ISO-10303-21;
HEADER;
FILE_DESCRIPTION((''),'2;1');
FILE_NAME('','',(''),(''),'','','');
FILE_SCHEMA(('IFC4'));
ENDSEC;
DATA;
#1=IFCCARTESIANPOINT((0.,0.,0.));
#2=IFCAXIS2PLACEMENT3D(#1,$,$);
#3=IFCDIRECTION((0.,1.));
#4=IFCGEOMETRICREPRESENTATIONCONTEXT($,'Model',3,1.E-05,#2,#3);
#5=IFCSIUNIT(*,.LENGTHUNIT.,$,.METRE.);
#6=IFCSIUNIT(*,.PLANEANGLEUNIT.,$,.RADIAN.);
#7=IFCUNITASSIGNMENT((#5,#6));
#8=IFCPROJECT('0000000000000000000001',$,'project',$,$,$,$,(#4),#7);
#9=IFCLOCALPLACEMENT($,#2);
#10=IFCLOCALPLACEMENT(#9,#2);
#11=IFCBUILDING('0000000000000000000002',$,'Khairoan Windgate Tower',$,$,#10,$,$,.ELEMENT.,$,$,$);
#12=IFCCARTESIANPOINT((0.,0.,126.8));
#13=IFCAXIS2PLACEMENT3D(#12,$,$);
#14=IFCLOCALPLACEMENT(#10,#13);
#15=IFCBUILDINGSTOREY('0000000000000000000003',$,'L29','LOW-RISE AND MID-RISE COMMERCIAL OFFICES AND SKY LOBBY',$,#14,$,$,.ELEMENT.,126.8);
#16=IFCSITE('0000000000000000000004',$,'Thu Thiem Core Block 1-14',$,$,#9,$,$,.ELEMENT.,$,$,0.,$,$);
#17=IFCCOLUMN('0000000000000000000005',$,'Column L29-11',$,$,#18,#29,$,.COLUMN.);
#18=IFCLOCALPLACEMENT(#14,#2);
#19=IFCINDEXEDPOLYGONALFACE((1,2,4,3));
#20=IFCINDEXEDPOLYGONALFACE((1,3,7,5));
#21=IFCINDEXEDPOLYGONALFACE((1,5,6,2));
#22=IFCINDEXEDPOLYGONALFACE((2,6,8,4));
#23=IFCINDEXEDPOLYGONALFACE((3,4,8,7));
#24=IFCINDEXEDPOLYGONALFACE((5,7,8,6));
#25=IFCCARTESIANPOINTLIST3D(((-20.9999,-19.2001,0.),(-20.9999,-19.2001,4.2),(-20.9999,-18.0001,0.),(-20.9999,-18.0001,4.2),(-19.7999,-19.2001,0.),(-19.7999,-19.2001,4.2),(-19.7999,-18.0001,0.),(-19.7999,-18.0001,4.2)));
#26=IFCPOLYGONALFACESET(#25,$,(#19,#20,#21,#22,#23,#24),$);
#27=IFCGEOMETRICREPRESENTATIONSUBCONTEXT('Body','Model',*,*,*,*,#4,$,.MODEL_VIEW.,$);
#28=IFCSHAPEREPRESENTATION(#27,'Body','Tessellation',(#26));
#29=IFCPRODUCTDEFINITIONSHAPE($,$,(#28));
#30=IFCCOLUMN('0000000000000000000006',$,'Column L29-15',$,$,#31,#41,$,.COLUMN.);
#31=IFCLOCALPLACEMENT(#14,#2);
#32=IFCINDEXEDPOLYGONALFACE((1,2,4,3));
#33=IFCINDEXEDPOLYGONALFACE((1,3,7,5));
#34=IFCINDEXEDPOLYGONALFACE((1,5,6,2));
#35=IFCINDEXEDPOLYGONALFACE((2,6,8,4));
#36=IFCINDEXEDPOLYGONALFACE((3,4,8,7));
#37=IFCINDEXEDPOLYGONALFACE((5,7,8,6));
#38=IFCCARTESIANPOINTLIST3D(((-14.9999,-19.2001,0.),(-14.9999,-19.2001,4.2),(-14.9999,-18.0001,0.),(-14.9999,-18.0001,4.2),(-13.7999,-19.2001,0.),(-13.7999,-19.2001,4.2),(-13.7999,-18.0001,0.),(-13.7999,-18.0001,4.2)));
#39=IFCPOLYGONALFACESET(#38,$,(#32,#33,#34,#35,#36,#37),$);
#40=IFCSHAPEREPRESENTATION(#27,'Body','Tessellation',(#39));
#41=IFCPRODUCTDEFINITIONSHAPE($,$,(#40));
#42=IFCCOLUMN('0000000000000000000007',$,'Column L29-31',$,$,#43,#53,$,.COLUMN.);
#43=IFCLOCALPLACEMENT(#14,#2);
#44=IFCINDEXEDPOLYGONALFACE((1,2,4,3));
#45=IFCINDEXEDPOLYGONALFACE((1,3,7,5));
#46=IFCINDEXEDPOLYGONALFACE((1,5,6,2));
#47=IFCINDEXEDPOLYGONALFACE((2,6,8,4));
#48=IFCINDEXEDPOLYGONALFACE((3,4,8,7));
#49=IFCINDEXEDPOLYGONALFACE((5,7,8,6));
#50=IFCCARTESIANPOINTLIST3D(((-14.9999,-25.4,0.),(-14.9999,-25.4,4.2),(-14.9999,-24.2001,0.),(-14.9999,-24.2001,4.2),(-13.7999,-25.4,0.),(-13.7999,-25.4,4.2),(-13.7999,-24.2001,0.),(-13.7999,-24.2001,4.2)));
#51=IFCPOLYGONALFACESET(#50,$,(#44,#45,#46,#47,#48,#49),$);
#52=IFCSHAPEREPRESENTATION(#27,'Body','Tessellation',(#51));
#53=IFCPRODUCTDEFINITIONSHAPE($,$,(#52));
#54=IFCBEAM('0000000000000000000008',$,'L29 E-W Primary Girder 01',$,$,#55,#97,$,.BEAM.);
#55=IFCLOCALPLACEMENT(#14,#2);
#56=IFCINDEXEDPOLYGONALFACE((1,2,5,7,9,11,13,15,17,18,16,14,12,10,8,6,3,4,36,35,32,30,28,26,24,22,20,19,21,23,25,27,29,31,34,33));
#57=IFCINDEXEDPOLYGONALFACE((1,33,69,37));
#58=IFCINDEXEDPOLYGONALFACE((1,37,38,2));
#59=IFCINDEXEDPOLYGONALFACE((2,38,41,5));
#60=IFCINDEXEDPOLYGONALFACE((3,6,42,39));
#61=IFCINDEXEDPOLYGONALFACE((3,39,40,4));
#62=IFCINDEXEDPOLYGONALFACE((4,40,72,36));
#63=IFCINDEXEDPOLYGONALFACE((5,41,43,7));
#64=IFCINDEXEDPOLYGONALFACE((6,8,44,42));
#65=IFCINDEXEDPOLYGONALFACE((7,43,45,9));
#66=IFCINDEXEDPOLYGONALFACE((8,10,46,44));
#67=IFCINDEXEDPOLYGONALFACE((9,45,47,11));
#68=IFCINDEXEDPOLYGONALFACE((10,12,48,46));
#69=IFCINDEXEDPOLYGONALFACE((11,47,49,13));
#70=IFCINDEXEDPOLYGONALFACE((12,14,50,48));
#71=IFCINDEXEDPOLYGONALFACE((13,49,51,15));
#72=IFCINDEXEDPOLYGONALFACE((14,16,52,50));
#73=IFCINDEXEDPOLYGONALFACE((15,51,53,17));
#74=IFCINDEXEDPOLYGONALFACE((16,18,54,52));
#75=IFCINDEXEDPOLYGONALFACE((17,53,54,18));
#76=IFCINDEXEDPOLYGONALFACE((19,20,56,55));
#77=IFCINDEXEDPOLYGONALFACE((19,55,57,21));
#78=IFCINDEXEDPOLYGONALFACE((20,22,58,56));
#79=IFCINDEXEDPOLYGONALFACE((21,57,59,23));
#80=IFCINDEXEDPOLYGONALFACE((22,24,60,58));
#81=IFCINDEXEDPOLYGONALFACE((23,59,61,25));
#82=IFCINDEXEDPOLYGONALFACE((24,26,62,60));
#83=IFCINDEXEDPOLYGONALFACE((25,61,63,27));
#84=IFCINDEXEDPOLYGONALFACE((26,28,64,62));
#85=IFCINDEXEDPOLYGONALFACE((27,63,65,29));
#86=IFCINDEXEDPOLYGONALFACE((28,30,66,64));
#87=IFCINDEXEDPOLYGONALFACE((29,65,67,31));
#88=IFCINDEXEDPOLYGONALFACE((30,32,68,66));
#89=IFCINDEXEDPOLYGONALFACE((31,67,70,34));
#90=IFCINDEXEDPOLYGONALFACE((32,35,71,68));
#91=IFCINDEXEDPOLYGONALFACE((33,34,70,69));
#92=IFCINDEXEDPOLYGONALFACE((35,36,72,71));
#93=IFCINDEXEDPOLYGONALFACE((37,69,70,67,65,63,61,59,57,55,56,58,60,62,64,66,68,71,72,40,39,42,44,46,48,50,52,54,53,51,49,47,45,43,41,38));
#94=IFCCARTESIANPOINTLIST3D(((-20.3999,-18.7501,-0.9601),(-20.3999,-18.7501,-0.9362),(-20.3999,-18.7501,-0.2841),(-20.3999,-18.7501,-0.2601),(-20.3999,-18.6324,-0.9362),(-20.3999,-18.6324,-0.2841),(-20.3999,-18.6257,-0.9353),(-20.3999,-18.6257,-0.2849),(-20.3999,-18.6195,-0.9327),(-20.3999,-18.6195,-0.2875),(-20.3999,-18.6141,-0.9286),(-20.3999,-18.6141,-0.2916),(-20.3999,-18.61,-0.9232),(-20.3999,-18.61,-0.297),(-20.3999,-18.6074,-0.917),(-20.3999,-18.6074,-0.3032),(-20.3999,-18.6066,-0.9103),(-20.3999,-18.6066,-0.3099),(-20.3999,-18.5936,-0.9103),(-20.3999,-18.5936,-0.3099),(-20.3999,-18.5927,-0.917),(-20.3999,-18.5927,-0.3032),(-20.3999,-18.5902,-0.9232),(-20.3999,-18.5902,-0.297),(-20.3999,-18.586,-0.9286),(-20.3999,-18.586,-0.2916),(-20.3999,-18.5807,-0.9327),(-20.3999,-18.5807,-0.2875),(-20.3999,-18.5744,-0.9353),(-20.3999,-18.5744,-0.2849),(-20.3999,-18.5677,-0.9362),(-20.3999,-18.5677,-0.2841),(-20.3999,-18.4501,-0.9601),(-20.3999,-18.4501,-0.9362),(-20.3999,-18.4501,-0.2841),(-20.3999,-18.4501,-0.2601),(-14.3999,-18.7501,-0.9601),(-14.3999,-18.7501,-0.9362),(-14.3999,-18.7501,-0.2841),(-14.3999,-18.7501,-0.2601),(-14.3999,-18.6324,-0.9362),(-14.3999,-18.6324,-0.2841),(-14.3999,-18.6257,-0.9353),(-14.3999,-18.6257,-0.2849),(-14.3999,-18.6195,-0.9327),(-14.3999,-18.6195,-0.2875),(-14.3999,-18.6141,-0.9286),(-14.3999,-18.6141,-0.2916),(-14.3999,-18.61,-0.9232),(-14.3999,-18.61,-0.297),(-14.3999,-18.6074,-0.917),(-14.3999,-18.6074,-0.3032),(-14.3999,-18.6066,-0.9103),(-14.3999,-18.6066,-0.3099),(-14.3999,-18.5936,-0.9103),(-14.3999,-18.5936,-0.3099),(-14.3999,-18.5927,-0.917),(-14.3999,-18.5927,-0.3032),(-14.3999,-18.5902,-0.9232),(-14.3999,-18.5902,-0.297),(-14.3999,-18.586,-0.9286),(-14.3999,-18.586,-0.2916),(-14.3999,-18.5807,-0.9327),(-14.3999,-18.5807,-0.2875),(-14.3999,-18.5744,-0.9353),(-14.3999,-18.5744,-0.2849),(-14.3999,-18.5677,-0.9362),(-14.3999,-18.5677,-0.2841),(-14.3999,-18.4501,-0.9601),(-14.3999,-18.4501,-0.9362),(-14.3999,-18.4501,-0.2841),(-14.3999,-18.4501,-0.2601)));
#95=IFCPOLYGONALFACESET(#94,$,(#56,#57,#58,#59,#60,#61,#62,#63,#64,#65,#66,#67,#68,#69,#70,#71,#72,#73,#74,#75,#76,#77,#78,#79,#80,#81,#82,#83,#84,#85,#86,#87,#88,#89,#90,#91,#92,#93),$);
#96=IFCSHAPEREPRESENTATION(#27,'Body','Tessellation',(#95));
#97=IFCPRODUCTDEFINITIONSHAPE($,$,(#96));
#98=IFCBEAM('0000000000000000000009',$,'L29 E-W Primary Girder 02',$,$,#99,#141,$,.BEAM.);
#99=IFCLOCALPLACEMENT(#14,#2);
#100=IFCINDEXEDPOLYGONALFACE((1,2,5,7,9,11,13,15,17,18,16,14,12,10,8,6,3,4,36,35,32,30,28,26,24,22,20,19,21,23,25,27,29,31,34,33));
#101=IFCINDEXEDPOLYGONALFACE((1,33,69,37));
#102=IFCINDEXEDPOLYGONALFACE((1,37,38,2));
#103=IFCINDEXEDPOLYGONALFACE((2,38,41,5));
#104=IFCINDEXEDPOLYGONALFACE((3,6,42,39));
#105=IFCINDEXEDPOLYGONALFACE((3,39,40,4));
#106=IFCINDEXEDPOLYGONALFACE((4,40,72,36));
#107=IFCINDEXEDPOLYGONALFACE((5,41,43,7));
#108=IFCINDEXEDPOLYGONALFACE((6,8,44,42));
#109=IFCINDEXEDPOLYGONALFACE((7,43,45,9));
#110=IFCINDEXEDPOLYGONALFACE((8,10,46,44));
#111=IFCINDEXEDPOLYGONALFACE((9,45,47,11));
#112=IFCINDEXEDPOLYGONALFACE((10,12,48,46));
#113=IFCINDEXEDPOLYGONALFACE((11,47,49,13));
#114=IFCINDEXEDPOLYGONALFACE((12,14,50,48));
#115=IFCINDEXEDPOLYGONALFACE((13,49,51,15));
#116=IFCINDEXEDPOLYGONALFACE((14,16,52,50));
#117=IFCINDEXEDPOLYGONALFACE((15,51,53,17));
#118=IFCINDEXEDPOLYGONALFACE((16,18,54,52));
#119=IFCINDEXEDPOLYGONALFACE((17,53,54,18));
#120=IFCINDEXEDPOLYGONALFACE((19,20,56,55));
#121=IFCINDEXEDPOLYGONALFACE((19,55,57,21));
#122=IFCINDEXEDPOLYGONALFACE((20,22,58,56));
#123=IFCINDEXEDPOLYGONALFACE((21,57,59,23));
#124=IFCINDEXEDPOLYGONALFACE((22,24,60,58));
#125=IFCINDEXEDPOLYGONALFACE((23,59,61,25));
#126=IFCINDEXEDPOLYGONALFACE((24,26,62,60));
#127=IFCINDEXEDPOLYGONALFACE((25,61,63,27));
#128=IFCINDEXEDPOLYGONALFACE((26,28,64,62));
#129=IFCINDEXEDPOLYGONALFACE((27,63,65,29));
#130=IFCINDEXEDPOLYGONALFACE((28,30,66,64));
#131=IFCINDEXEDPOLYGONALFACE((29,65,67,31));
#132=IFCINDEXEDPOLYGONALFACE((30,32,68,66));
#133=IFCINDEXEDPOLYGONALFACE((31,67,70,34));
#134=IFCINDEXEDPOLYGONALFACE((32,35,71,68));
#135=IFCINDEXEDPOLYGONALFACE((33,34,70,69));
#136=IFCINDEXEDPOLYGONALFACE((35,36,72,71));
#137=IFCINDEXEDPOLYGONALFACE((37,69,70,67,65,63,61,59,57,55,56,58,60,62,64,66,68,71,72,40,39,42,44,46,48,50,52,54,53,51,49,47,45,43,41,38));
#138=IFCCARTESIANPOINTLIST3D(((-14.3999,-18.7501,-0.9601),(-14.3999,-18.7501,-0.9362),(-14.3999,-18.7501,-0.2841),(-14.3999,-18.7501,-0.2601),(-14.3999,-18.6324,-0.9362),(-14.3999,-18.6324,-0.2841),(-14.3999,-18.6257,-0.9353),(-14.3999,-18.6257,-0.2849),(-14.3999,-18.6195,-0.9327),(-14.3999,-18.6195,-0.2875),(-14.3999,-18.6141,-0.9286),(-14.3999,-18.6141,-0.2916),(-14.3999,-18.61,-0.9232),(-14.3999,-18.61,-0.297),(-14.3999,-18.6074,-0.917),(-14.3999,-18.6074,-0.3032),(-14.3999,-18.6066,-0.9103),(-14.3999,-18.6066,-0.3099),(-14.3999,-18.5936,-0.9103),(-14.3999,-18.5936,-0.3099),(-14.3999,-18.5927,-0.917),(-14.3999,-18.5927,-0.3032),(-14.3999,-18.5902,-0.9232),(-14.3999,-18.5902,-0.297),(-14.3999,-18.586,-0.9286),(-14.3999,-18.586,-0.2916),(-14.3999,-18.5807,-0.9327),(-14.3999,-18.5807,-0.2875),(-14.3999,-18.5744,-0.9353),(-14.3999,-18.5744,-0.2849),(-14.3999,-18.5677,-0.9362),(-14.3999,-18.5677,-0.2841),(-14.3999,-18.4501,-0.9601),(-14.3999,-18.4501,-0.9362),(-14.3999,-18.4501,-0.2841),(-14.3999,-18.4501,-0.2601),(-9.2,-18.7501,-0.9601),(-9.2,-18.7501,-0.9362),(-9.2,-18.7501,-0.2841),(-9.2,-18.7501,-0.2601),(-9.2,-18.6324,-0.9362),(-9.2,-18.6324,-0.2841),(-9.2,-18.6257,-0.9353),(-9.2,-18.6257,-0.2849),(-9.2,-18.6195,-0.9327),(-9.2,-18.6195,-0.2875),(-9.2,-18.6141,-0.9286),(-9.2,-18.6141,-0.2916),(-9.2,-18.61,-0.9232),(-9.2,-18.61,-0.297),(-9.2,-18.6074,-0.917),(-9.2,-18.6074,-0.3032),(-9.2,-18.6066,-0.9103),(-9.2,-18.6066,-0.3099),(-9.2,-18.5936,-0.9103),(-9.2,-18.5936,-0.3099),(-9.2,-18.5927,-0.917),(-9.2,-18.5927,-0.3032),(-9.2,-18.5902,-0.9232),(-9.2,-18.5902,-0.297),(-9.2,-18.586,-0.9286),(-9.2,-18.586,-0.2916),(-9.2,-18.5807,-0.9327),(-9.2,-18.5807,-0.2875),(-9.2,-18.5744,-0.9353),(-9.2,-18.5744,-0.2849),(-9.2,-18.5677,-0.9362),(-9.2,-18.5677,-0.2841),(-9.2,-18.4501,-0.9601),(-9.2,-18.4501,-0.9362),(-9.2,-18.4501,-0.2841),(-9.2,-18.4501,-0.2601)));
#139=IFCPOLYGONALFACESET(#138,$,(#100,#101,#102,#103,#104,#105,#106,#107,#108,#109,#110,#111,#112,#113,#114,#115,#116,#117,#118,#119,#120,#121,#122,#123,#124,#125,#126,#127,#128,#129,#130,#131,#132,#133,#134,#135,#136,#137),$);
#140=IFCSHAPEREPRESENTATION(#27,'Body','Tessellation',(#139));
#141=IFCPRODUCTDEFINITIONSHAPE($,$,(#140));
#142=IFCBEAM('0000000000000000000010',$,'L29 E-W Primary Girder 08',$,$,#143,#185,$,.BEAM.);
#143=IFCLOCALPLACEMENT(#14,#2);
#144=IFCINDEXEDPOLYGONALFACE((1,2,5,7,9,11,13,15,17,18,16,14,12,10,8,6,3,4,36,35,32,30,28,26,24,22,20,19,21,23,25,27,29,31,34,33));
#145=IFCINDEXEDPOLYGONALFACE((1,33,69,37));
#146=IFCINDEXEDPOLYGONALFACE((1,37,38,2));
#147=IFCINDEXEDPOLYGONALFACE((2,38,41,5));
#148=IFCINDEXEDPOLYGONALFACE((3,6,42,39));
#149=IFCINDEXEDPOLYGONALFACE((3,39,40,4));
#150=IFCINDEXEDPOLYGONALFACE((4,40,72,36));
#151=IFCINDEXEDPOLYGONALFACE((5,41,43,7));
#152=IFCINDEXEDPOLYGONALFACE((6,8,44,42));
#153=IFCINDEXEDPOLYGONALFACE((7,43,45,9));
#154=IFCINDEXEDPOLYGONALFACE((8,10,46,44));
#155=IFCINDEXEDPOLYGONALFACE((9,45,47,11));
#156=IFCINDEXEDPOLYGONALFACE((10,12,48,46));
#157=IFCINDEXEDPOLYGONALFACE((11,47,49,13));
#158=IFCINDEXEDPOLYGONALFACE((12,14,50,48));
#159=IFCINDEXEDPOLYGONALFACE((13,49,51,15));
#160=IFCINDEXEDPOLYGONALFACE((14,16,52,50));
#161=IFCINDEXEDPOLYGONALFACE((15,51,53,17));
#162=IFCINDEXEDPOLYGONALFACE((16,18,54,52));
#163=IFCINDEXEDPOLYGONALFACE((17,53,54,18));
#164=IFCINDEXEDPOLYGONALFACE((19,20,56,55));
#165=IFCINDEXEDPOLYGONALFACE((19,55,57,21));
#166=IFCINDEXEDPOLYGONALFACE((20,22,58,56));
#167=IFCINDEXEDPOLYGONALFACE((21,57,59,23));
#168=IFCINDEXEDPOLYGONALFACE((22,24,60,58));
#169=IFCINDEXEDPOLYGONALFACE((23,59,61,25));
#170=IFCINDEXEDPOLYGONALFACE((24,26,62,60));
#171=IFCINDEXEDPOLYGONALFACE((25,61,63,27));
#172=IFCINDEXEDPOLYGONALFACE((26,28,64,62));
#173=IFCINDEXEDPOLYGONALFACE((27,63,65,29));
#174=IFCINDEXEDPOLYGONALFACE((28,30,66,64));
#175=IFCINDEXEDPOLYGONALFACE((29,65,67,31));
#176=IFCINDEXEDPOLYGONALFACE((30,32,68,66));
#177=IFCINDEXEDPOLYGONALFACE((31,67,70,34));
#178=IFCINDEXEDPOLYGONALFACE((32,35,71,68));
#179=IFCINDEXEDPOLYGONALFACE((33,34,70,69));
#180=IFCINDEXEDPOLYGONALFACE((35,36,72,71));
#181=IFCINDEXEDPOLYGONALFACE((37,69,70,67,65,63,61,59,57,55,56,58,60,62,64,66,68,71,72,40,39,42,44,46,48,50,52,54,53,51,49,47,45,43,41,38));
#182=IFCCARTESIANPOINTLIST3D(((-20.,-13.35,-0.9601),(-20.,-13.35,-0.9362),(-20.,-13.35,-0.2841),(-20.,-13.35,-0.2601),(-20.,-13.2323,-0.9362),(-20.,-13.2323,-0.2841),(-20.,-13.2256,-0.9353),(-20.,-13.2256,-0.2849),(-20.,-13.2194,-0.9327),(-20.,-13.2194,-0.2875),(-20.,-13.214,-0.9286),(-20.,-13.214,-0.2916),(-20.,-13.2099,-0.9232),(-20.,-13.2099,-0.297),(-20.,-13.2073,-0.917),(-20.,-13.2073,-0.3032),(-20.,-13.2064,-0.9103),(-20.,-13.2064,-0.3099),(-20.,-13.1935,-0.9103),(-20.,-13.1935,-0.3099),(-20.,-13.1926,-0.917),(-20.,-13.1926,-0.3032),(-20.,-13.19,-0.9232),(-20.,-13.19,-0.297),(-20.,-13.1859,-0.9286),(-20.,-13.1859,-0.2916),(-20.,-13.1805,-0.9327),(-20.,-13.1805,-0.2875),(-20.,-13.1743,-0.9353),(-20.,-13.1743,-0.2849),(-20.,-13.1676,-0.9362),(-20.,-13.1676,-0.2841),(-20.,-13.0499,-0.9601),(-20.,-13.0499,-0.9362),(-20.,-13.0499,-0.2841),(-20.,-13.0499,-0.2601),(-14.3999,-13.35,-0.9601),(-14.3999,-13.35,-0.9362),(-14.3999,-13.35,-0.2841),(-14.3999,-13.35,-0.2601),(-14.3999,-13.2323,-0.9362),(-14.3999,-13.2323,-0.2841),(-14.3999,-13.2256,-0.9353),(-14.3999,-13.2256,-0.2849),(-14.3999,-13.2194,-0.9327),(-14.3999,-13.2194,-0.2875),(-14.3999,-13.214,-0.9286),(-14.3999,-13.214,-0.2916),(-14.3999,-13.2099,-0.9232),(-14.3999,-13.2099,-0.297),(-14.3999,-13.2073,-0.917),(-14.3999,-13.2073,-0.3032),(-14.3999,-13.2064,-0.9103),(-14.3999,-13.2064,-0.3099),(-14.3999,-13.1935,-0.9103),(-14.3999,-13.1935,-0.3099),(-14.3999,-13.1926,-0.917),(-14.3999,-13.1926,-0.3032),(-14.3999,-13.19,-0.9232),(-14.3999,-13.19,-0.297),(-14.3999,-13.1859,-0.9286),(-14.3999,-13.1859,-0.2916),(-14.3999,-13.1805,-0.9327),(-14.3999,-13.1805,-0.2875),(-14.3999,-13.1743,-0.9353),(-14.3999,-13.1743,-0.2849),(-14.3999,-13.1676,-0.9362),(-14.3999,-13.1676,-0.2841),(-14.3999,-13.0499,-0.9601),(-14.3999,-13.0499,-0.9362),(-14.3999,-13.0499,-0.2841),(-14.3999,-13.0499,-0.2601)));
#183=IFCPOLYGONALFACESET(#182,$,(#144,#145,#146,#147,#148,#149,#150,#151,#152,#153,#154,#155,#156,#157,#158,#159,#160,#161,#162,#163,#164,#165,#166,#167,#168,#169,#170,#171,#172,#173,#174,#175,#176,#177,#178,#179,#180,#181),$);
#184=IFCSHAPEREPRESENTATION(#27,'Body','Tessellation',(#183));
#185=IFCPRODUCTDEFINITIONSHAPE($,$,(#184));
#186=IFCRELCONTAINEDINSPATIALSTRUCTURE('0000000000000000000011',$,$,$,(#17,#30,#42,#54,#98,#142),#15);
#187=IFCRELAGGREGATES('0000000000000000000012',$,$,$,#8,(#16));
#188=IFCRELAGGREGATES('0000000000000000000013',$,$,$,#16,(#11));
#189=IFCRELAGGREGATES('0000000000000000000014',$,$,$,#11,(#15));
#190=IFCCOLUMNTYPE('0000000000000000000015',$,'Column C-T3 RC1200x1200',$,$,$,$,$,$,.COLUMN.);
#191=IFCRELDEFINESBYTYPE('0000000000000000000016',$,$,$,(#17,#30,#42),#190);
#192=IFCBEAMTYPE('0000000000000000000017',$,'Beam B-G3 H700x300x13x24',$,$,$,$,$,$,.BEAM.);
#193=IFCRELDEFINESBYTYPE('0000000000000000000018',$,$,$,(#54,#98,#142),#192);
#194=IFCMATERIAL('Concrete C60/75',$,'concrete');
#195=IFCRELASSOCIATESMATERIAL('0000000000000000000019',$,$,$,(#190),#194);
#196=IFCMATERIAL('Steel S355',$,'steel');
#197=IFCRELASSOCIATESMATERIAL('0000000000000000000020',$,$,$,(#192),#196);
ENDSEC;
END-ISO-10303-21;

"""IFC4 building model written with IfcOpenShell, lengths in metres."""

from ifc_helpers import new_model, si_unit, direction, frame, origin, origin_2d, place, context, subcontext, project, spatial, rectangle, i_section, extrude, material, material_profile, profile_set, type_object, element, save


model = new_model("IFC4")

# Units and contexts
model_context = context("Model", 3, precision=1e-05, world=origin(), true_north=direction((0.0, 1.0)))
body_context = subcontext(model_context, "Body", "Model", "MODEL_VIEW")
ifc_project = project(units=[si_unit("LENGTHUNIT", "METRE"), si_unit("PLANEANGLEUNIT", "RADIAN")], contexts=[model_context])

# Site, building, storey
site_placement = place(None, origin())
site = spatial("IfcSite", under=ifc_project, at=site_placement, Name="Thu Thiem Core Block 1-14", CompositionType="ELEMENT", RefElevation=0.0)
building_placement = place(site_placement, origin())
building = spatial("IfcBuilding", under=site, at=building_placement, Name="Khairoan Windgate Tower", CompositionType="ELEMENT")
storey_placement = place(building_placement, frame((0.0, 0.0, 126.8)))
storey = spatial("IfcBuildingStorey", under=building, at=storey_placement, Name="L29", Description="LOW-RISE AND MID-RISE COMMERCIAL OFFICES AND SKY LOBBY", CompositionType="ELEMENT", Elevation=126.8)

# Columns
ifc_material_1 = material(Name="Concrete C60/75", Category="concrete")
ifc_material_profile_1 = material_profile(ifc_material_1, rectangle(XDim=1.2, YDim=1.2, at=origin_2d()))
ifc_profile_set_1 = profile_set([ifc_material_profile_1], Name="Concrete C60/75")
column_type = type_object("IfcColumnType", Name="Column C-T3 RC1200x1200", PredefinedType="COLUMN", material=ifc_profile_set_1)
for number, where, z_axis, x_axis, name in (
    (1, (-20.3999, -18.6001, 0.0), (0.0, 0.0, 1.0), (1.0, 0.0, 0.0), "Column L29-11"),
    (2, (-14.3999, -18.6001, 0.0), (0.0, 0.0, 1.0), (1.0, 0.0, 0.0), "Column L29-15"),
    (3, (-14.3999, -24.8, 0.0), (0.0, 0.0, 1.0), (1.0, 0.0, 0.0), "Column L29-31"),
):
    element("IfcColumn", number, at=place(storey_placement, frame(where, z_axis=z_axis, x_axis=x_axis)), inside=storey, type_object=column_type, Name=name, PredefinedType="COLUMN", context=body_context, shape_type="SweptSolid", body=[
        extrude(rectangle(XDim=1.2, YDim=1.2, at=origin_2d()), origin(), (0.0, 0.0, 1.0), 4.2),
    ])

# Beams
ifc_material_2 = material(Name="Steel S355", Category="steel")
ifc_material_profile_2 = material_profile(ifc_material_2, i_section(OverallWidth=0.3, OverallDepth=0.7, WebThickness=0.0129, FlangeThickness=0.0239, FilletRadius=0.0259, at=origin_2d()))
ifc_profile_set_2 = profile_set([ifc_material_profile_2], Name="Steel S355")
beam_type_1 = type_object("IfcBeamType", Name="Beam B-G3 H700x300x13x24", PredefinedType="BEAM", material=ifc_profile_set_2)
beam_1_placement = place(storey_placement, frame((-20.3999, -18.6001, -0.6101), z_axis=(1.0, 0.0, 0.0), x_axis=(0.0, 1.0, 0.0)))
element("IfcBeam", 4, at=beam_1_placement, inside=storey, type_object=beam_type_1, Name="L29 E-W Primary Girder 01", PredefinedType="BEAM", context=body_context, shape_type="SweptSolid", body=[
    extrude(i_section(OverallWidth=0.3, OverallDepth=0.7, WebThickness=0.0129, FlangeThickness=0.0239, FilletRadius=0.0259, at=origin_2d()), origin(), (0.0, 0.0, 1.0), 6.0),
])
beam_2_placement = place(storey_placement, frame((-14.3999, -18.6001, -0.6101), z_axis=(1.0, 0.0, 0.0), x_axis=(0.0, 1.0, 0.0)))
element("IfcBeam", 5, at=beam_2_placement, inside=storey, type_object=beam_type_1, Name="L29 E-W Primary Girder 02", PredefinedType="BEAM", context=body_context, shape_type="SweptSolid", body=[
    extrude(i_section(OverallWidth=0.3, OverallDepth=0.7, WebThickness=0.0129, FlangeThickness=0.0239, FilletRadius=0.0259, at=origin_2d()), origin(), (0.0, 0.0, 1.0), 5.2),
])
beam_3_placement = place(storey_placement, frame((-20.0, -13.2, -0.6101), z_axis=(1.0, 0.0, 0.0), x_axis=(0.0, 1.0, 0.0)))
element("IfcBeam", 6, at=beam_3_placement, inside=storey, type_object=beam_type_1, Name="L29 E-W Primary Girder 08", PredefinedType="BEAM", context=body_context, shape_type="SweptSolid", body=[
    extrude(i_section(OverallWidth=0.3, OverallDepth=0.7, WebThickness=0.0129, FlangeThickness=0.0239, FilletRadius=0.0259, at=origin_2d()), origin(), (0.0, 0.0, 1.0), 5.6001),
])

save(model, "model.ifc")
